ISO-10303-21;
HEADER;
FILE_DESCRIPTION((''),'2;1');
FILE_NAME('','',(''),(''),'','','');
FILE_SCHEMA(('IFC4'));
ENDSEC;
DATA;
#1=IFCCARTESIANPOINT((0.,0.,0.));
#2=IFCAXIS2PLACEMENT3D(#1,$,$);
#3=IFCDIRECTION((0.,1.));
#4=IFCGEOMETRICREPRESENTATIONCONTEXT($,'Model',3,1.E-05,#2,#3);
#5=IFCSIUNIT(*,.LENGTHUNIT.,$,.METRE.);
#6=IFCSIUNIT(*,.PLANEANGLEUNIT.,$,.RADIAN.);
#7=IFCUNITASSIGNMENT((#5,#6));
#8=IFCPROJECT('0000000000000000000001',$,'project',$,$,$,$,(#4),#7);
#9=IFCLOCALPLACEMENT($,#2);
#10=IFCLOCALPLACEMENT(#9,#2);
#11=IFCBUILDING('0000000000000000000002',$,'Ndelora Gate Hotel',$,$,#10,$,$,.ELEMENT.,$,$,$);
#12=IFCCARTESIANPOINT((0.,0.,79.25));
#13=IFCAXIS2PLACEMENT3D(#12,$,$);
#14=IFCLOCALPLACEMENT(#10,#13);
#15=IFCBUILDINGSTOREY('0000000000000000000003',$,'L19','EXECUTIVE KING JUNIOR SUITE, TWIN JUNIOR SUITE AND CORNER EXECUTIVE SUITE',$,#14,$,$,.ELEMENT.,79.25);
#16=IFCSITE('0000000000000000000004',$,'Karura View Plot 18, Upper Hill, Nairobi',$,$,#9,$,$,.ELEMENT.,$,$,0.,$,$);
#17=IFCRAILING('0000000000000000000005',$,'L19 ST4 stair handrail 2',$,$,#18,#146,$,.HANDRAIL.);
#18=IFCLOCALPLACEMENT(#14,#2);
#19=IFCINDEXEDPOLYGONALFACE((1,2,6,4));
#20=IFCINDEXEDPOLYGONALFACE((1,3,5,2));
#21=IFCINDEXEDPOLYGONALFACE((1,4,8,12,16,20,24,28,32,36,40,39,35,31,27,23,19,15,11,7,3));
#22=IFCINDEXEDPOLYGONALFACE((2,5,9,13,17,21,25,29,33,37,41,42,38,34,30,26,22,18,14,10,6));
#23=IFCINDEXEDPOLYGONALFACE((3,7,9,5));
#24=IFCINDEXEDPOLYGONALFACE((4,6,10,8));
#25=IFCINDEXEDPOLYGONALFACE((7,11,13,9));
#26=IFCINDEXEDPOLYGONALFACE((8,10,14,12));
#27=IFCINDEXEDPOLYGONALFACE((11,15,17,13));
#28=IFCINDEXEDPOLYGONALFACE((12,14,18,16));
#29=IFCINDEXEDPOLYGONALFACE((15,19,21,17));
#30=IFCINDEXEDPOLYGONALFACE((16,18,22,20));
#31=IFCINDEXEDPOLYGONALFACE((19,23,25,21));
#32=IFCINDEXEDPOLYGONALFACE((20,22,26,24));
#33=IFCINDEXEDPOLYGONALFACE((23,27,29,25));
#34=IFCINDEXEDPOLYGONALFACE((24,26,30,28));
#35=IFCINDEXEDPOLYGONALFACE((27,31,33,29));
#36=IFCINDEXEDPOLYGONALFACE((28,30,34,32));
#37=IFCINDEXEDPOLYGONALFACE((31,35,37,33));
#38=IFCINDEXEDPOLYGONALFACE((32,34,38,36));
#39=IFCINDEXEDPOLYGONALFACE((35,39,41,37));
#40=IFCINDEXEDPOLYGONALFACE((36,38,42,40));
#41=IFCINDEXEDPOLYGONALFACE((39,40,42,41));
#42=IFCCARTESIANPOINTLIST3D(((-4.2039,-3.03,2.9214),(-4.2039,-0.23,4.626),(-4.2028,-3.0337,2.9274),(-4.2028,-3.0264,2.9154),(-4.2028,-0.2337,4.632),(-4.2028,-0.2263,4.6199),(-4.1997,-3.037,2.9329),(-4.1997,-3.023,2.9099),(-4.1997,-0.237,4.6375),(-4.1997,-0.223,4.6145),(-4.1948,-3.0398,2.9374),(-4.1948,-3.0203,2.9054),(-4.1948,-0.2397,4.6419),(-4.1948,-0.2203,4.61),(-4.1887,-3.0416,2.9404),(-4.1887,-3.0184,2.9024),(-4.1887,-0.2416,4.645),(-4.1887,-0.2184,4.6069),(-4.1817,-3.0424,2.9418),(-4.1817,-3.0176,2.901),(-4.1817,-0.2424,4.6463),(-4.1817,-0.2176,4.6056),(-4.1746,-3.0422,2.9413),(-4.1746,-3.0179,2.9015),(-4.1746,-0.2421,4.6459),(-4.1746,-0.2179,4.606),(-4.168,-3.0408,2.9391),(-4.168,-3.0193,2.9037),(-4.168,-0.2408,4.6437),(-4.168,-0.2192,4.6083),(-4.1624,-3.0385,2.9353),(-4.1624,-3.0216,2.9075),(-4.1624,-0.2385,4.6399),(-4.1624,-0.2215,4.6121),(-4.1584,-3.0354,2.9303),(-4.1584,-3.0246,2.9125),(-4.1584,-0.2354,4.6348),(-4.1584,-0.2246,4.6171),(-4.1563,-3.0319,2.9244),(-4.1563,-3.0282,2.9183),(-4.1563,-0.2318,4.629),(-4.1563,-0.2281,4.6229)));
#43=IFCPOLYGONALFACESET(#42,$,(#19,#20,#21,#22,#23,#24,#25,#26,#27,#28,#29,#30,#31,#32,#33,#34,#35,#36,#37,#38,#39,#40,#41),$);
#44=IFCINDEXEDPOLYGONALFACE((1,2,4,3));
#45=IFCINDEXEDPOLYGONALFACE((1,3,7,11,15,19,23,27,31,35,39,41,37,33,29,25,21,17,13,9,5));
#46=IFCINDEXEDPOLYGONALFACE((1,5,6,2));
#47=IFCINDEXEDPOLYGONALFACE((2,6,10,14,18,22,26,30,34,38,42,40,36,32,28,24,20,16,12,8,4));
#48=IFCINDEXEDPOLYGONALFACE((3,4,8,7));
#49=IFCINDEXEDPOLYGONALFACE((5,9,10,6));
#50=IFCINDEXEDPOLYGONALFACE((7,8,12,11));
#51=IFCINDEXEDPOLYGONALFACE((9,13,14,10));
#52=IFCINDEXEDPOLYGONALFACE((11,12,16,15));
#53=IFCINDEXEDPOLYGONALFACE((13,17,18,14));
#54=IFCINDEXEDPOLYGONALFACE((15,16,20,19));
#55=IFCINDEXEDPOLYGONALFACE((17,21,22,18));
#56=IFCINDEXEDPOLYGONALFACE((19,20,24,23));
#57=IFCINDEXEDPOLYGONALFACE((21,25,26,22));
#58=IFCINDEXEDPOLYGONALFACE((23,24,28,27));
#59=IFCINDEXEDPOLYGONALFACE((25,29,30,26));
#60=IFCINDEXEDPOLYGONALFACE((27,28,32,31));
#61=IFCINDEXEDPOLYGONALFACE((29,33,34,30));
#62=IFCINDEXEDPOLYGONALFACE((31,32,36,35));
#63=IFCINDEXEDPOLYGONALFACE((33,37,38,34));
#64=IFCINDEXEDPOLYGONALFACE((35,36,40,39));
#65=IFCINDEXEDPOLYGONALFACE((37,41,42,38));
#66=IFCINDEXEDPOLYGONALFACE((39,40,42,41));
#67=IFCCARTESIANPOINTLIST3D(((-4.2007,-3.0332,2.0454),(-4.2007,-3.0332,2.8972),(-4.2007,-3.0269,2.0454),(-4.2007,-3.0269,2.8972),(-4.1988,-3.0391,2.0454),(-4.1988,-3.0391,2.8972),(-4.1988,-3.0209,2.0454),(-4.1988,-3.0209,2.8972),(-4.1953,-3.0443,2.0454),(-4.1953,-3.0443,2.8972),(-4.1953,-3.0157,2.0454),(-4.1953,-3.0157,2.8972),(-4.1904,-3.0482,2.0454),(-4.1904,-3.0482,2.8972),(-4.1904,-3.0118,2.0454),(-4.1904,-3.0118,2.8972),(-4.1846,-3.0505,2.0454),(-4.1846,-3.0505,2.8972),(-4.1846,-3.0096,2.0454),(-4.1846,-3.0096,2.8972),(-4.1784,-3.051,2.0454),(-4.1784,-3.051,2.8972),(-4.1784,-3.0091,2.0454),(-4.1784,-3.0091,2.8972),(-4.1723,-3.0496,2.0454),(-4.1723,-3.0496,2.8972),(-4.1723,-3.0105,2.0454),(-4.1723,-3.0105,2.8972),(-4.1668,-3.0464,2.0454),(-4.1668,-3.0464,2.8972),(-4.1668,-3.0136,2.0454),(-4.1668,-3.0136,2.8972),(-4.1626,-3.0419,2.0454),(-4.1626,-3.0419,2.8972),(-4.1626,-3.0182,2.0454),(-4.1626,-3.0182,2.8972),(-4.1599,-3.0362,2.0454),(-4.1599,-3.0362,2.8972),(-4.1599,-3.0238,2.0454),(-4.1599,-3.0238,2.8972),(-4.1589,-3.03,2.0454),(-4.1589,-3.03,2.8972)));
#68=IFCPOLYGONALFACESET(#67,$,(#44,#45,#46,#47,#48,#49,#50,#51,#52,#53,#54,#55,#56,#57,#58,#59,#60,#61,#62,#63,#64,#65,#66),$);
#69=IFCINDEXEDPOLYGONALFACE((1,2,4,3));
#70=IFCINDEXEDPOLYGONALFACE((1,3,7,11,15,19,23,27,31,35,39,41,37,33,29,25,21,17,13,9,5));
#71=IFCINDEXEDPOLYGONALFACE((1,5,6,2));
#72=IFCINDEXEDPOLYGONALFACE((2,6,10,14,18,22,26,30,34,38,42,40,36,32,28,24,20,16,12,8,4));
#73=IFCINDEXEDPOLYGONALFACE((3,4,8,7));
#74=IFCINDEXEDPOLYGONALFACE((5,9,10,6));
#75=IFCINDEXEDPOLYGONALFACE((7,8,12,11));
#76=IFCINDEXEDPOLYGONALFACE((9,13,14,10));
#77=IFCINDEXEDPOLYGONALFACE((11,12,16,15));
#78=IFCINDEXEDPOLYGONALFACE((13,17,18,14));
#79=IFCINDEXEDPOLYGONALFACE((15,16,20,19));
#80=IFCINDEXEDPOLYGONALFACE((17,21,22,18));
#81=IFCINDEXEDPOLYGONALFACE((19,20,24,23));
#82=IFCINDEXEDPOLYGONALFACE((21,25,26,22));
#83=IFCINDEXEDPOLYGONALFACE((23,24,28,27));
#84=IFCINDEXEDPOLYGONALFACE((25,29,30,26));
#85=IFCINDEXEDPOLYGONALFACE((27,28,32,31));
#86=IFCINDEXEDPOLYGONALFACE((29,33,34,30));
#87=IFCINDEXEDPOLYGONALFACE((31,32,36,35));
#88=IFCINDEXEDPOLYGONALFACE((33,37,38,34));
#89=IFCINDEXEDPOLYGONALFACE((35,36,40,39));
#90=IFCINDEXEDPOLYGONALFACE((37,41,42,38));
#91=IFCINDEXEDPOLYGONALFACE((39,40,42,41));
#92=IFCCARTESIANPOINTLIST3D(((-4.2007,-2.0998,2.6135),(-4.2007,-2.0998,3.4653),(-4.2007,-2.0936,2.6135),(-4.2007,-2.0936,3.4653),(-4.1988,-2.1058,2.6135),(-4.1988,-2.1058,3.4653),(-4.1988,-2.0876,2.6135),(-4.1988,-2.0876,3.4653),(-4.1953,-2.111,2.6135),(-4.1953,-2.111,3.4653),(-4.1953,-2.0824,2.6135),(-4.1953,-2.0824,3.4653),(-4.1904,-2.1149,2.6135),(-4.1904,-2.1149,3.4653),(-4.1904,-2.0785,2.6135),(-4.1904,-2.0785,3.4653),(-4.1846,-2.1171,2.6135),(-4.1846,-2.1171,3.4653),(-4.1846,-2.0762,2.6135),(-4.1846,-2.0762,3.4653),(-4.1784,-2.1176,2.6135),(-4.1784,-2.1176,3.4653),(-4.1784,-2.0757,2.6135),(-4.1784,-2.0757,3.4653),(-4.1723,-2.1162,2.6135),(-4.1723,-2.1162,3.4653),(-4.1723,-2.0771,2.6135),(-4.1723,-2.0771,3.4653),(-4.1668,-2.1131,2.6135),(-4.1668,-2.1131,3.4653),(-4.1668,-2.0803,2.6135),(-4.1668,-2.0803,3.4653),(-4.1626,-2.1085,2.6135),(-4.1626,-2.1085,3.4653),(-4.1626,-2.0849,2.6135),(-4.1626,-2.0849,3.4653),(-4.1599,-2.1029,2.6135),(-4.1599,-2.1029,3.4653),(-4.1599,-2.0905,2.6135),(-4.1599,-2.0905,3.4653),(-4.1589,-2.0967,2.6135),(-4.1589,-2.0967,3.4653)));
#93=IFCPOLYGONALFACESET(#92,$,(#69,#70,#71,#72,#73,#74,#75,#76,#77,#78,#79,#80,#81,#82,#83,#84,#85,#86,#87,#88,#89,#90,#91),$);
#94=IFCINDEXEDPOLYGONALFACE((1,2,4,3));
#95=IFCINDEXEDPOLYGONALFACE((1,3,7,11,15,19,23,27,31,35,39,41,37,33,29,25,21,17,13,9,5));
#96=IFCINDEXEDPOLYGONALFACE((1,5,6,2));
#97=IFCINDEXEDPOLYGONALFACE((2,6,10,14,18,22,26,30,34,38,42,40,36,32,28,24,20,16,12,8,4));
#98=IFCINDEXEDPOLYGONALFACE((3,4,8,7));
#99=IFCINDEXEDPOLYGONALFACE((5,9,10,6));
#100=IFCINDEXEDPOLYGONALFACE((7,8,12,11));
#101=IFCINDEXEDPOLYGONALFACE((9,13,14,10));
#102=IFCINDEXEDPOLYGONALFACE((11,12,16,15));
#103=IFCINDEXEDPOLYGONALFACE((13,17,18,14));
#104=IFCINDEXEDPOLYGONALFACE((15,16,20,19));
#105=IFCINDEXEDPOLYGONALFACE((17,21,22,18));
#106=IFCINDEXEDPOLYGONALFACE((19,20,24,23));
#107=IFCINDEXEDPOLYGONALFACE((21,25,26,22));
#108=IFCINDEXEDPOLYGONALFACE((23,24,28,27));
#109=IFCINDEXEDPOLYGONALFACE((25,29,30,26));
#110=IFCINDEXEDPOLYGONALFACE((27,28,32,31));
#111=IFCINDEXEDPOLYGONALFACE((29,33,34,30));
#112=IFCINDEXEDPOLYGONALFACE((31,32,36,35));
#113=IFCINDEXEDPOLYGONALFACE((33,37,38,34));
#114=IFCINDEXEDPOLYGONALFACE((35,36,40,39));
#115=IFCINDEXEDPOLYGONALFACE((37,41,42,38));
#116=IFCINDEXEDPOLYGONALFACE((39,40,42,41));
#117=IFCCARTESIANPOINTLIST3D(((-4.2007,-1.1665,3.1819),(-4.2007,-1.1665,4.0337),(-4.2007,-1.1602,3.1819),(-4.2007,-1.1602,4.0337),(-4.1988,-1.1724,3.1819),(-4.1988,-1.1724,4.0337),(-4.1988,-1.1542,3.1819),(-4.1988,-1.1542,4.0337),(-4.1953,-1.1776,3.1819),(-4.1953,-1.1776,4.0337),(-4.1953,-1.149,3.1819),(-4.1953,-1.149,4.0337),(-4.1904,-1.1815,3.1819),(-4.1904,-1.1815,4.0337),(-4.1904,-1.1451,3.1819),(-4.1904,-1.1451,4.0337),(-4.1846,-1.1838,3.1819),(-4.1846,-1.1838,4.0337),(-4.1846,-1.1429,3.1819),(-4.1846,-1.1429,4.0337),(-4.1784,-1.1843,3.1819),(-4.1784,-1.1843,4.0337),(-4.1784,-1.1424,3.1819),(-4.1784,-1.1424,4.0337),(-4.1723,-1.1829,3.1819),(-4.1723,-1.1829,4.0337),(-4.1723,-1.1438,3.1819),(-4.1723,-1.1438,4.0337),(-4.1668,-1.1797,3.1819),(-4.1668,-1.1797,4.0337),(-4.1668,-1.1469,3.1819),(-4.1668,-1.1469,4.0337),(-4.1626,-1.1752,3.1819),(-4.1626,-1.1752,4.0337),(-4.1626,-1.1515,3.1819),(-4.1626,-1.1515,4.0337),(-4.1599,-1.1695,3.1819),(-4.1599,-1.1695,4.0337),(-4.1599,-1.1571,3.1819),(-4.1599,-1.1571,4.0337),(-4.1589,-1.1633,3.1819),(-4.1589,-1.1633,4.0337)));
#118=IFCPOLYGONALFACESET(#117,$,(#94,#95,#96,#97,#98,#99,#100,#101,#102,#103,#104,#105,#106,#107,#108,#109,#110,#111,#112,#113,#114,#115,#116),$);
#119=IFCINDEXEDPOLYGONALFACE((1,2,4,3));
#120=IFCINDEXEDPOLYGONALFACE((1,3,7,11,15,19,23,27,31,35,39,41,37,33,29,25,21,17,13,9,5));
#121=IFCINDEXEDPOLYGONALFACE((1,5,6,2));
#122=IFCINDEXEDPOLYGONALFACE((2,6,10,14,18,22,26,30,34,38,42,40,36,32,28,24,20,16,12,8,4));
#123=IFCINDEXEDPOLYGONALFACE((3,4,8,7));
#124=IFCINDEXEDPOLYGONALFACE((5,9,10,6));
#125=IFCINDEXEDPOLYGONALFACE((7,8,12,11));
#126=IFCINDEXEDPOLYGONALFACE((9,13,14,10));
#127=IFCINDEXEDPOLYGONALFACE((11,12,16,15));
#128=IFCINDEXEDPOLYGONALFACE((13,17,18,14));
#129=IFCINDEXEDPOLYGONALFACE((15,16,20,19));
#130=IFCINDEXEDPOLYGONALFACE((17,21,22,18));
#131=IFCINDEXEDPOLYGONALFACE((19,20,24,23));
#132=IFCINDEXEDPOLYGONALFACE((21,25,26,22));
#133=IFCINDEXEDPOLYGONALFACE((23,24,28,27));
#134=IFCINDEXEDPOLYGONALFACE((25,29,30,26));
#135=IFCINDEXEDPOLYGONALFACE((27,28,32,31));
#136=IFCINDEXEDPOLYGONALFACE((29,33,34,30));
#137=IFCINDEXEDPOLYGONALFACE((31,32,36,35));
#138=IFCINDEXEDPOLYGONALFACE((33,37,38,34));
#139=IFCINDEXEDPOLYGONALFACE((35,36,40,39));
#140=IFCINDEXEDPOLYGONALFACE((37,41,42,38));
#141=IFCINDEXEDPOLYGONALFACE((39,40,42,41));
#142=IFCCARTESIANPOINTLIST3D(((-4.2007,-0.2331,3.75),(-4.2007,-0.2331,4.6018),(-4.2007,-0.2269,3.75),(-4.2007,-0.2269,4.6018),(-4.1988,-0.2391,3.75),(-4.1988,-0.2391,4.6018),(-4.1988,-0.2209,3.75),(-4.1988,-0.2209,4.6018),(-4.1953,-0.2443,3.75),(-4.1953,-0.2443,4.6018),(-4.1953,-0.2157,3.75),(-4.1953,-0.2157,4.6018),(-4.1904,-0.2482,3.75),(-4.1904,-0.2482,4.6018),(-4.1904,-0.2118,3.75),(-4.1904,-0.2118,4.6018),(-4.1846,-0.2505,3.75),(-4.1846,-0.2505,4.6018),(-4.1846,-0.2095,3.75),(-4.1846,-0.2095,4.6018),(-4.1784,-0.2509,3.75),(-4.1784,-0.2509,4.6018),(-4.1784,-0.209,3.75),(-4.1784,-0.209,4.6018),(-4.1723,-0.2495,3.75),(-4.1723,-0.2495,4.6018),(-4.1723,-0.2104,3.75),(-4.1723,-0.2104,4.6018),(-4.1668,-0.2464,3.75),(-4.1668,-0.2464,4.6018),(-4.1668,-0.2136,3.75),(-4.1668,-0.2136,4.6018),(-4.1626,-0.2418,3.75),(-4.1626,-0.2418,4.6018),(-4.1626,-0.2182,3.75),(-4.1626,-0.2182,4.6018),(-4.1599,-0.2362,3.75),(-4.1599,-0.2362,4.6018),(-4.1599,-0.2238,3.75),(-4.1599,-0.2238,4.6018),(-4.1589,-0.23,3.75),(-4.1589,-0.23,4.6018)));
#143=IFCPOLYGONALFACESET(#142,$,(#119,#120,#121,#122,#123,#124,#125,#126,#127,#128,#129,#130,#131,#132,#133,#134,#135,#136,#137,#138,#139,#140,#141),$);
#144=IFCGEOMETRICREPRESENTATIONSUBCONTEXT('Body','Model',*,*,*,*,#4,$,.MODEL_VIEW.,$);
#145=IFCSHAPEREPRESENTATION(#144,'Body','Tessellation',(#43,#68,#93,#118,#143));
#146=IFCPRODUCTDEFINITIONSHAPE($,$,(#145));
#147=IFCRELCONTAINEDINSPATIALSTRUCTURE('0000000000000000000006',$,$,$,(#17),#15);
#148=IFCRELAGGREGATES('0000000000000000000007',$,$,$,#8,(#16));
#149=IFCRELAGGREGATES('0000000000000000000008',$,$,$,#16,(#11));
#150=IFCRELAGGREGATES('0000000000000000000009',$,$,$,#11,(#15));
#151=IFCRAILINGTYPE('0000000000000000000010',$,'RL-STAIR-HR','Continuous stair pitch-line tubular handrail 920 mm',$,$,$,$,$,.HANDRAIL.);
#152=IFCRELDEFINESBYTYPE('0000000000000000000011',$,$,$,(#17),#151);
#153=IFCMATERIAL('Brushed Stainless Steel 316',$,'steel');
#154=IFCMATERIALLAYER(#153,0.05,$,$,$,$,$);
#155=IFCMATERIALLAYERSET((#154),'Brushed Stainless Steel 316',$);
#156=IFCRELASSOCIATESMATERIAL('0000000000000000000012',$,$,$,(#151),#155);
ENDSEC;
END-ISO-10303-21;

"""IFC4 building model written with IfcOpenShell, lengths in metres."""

from ifc_helpers import new_model, si_unit, direction, frame, origin, origin_2d, place, context, subcontext, project, spatial, circle, extrude, material, layer, layer_set, type_object, element, save


model = new_model("IFC4")

# Units and contexts
model_context = context("Model", 3, precision=1e-05, world=origin(), true_north=direction((0.0, 1.0)))
body_context = subcontext(model_context, "Body", "Model", "MODEL_VIEW")
ifc_project = project(units=[si_unit("LENGTHUNIT", "METRE"), si_unit("PLANEANGLEUNIT", "RADIAN")], contexts=[model_context])

# Site, building, storey
site_placement = place(None, origin())
site = spatial("IfcSite", under=ifc_project, at=site_placement, Name="Karura View Plot 18, Upper Hill, Nairobi", CompositionType="ELEMENT", RefElevation=0.0)
building_placement = place(site_placement, origin())
building = spatial("IfcBuilding", under=site, at=building_placement, Name="Ndelora Gate Hotel", CompositionType="ELEMENT")
storey_placement = place(building_placement, frame((0.0, 0.0, 79.25)))
storey = spatial("IfcBuildingStorey", under=building, at=storey_placement, Name="L19", Description="EXECUTIVE KING JUNIOR SUITE, TWIN JUNIOR SUITE AND CORNER EXECUTIVE SUITE", CompositionType="ELEMENT", Elevation=79.25)

# Railing
ifc_material_1 = material(Name="Brushed Stainless Steel 316", Category="steel")
ifc_layer_1 = layer(ifc_material_1, 0.05)
ifc_layer_set_1 = layer_set([ifc_layer_1], Name="Brushed Stainless Steel 316")
railing_type_1 = type_object("IfcRailingType", Name="RL-STAIR-HR", Description="Continuous stair pitch-line tubular handrail 920 mm", PredefinedType="HANDRAIL", material=ifc_layer_set_1)
railing_1_placement = place(storey_placement, frame((-4.1799, -3.03, 2.0454)))
element("IfcRailing", 1, at=railing_1_placement, inside=storey, type_object=railing_type_1, Name="L19 ST4 stair handrail 2", PredefinedType="HANDRAIL", context=body_context, shape_type="SweptSolid", body=[
    extrude(circle(Radius=0.0239, at=origin_2d()), frame((0.0, 0.0, 0.876), z_axis=(0.0, 0.85417, 0.519994), x_axis=(-1.0, 0.0, 0.0)), (0.0, 0.0, 1.0), 3.2781),
    extrude(circle(Radius=0.021, at=origin_2d()), origin(), (0.0, 0.0, 1.0), 0.8518),
    extrude(circle(Radius=0.021, at=origin_2d()), frame((0.0, 0.9333, 0.5681)), (0.0, 0.0, 1.0), 0.8518),
    extrude(circle(Radius=0.021, at=origin_2d()), frame((0.0, 1.8667, 1.1365)), (0.0, 0.0, 1.0), 0.8518),
    extrude(circle(Radius=0.021, at=origin_2d()), frame((0.0, 2.8, 1.7046)), (0.0, 0.0, 1.0), 0.8518),
])

save(model, "model.ifc")
